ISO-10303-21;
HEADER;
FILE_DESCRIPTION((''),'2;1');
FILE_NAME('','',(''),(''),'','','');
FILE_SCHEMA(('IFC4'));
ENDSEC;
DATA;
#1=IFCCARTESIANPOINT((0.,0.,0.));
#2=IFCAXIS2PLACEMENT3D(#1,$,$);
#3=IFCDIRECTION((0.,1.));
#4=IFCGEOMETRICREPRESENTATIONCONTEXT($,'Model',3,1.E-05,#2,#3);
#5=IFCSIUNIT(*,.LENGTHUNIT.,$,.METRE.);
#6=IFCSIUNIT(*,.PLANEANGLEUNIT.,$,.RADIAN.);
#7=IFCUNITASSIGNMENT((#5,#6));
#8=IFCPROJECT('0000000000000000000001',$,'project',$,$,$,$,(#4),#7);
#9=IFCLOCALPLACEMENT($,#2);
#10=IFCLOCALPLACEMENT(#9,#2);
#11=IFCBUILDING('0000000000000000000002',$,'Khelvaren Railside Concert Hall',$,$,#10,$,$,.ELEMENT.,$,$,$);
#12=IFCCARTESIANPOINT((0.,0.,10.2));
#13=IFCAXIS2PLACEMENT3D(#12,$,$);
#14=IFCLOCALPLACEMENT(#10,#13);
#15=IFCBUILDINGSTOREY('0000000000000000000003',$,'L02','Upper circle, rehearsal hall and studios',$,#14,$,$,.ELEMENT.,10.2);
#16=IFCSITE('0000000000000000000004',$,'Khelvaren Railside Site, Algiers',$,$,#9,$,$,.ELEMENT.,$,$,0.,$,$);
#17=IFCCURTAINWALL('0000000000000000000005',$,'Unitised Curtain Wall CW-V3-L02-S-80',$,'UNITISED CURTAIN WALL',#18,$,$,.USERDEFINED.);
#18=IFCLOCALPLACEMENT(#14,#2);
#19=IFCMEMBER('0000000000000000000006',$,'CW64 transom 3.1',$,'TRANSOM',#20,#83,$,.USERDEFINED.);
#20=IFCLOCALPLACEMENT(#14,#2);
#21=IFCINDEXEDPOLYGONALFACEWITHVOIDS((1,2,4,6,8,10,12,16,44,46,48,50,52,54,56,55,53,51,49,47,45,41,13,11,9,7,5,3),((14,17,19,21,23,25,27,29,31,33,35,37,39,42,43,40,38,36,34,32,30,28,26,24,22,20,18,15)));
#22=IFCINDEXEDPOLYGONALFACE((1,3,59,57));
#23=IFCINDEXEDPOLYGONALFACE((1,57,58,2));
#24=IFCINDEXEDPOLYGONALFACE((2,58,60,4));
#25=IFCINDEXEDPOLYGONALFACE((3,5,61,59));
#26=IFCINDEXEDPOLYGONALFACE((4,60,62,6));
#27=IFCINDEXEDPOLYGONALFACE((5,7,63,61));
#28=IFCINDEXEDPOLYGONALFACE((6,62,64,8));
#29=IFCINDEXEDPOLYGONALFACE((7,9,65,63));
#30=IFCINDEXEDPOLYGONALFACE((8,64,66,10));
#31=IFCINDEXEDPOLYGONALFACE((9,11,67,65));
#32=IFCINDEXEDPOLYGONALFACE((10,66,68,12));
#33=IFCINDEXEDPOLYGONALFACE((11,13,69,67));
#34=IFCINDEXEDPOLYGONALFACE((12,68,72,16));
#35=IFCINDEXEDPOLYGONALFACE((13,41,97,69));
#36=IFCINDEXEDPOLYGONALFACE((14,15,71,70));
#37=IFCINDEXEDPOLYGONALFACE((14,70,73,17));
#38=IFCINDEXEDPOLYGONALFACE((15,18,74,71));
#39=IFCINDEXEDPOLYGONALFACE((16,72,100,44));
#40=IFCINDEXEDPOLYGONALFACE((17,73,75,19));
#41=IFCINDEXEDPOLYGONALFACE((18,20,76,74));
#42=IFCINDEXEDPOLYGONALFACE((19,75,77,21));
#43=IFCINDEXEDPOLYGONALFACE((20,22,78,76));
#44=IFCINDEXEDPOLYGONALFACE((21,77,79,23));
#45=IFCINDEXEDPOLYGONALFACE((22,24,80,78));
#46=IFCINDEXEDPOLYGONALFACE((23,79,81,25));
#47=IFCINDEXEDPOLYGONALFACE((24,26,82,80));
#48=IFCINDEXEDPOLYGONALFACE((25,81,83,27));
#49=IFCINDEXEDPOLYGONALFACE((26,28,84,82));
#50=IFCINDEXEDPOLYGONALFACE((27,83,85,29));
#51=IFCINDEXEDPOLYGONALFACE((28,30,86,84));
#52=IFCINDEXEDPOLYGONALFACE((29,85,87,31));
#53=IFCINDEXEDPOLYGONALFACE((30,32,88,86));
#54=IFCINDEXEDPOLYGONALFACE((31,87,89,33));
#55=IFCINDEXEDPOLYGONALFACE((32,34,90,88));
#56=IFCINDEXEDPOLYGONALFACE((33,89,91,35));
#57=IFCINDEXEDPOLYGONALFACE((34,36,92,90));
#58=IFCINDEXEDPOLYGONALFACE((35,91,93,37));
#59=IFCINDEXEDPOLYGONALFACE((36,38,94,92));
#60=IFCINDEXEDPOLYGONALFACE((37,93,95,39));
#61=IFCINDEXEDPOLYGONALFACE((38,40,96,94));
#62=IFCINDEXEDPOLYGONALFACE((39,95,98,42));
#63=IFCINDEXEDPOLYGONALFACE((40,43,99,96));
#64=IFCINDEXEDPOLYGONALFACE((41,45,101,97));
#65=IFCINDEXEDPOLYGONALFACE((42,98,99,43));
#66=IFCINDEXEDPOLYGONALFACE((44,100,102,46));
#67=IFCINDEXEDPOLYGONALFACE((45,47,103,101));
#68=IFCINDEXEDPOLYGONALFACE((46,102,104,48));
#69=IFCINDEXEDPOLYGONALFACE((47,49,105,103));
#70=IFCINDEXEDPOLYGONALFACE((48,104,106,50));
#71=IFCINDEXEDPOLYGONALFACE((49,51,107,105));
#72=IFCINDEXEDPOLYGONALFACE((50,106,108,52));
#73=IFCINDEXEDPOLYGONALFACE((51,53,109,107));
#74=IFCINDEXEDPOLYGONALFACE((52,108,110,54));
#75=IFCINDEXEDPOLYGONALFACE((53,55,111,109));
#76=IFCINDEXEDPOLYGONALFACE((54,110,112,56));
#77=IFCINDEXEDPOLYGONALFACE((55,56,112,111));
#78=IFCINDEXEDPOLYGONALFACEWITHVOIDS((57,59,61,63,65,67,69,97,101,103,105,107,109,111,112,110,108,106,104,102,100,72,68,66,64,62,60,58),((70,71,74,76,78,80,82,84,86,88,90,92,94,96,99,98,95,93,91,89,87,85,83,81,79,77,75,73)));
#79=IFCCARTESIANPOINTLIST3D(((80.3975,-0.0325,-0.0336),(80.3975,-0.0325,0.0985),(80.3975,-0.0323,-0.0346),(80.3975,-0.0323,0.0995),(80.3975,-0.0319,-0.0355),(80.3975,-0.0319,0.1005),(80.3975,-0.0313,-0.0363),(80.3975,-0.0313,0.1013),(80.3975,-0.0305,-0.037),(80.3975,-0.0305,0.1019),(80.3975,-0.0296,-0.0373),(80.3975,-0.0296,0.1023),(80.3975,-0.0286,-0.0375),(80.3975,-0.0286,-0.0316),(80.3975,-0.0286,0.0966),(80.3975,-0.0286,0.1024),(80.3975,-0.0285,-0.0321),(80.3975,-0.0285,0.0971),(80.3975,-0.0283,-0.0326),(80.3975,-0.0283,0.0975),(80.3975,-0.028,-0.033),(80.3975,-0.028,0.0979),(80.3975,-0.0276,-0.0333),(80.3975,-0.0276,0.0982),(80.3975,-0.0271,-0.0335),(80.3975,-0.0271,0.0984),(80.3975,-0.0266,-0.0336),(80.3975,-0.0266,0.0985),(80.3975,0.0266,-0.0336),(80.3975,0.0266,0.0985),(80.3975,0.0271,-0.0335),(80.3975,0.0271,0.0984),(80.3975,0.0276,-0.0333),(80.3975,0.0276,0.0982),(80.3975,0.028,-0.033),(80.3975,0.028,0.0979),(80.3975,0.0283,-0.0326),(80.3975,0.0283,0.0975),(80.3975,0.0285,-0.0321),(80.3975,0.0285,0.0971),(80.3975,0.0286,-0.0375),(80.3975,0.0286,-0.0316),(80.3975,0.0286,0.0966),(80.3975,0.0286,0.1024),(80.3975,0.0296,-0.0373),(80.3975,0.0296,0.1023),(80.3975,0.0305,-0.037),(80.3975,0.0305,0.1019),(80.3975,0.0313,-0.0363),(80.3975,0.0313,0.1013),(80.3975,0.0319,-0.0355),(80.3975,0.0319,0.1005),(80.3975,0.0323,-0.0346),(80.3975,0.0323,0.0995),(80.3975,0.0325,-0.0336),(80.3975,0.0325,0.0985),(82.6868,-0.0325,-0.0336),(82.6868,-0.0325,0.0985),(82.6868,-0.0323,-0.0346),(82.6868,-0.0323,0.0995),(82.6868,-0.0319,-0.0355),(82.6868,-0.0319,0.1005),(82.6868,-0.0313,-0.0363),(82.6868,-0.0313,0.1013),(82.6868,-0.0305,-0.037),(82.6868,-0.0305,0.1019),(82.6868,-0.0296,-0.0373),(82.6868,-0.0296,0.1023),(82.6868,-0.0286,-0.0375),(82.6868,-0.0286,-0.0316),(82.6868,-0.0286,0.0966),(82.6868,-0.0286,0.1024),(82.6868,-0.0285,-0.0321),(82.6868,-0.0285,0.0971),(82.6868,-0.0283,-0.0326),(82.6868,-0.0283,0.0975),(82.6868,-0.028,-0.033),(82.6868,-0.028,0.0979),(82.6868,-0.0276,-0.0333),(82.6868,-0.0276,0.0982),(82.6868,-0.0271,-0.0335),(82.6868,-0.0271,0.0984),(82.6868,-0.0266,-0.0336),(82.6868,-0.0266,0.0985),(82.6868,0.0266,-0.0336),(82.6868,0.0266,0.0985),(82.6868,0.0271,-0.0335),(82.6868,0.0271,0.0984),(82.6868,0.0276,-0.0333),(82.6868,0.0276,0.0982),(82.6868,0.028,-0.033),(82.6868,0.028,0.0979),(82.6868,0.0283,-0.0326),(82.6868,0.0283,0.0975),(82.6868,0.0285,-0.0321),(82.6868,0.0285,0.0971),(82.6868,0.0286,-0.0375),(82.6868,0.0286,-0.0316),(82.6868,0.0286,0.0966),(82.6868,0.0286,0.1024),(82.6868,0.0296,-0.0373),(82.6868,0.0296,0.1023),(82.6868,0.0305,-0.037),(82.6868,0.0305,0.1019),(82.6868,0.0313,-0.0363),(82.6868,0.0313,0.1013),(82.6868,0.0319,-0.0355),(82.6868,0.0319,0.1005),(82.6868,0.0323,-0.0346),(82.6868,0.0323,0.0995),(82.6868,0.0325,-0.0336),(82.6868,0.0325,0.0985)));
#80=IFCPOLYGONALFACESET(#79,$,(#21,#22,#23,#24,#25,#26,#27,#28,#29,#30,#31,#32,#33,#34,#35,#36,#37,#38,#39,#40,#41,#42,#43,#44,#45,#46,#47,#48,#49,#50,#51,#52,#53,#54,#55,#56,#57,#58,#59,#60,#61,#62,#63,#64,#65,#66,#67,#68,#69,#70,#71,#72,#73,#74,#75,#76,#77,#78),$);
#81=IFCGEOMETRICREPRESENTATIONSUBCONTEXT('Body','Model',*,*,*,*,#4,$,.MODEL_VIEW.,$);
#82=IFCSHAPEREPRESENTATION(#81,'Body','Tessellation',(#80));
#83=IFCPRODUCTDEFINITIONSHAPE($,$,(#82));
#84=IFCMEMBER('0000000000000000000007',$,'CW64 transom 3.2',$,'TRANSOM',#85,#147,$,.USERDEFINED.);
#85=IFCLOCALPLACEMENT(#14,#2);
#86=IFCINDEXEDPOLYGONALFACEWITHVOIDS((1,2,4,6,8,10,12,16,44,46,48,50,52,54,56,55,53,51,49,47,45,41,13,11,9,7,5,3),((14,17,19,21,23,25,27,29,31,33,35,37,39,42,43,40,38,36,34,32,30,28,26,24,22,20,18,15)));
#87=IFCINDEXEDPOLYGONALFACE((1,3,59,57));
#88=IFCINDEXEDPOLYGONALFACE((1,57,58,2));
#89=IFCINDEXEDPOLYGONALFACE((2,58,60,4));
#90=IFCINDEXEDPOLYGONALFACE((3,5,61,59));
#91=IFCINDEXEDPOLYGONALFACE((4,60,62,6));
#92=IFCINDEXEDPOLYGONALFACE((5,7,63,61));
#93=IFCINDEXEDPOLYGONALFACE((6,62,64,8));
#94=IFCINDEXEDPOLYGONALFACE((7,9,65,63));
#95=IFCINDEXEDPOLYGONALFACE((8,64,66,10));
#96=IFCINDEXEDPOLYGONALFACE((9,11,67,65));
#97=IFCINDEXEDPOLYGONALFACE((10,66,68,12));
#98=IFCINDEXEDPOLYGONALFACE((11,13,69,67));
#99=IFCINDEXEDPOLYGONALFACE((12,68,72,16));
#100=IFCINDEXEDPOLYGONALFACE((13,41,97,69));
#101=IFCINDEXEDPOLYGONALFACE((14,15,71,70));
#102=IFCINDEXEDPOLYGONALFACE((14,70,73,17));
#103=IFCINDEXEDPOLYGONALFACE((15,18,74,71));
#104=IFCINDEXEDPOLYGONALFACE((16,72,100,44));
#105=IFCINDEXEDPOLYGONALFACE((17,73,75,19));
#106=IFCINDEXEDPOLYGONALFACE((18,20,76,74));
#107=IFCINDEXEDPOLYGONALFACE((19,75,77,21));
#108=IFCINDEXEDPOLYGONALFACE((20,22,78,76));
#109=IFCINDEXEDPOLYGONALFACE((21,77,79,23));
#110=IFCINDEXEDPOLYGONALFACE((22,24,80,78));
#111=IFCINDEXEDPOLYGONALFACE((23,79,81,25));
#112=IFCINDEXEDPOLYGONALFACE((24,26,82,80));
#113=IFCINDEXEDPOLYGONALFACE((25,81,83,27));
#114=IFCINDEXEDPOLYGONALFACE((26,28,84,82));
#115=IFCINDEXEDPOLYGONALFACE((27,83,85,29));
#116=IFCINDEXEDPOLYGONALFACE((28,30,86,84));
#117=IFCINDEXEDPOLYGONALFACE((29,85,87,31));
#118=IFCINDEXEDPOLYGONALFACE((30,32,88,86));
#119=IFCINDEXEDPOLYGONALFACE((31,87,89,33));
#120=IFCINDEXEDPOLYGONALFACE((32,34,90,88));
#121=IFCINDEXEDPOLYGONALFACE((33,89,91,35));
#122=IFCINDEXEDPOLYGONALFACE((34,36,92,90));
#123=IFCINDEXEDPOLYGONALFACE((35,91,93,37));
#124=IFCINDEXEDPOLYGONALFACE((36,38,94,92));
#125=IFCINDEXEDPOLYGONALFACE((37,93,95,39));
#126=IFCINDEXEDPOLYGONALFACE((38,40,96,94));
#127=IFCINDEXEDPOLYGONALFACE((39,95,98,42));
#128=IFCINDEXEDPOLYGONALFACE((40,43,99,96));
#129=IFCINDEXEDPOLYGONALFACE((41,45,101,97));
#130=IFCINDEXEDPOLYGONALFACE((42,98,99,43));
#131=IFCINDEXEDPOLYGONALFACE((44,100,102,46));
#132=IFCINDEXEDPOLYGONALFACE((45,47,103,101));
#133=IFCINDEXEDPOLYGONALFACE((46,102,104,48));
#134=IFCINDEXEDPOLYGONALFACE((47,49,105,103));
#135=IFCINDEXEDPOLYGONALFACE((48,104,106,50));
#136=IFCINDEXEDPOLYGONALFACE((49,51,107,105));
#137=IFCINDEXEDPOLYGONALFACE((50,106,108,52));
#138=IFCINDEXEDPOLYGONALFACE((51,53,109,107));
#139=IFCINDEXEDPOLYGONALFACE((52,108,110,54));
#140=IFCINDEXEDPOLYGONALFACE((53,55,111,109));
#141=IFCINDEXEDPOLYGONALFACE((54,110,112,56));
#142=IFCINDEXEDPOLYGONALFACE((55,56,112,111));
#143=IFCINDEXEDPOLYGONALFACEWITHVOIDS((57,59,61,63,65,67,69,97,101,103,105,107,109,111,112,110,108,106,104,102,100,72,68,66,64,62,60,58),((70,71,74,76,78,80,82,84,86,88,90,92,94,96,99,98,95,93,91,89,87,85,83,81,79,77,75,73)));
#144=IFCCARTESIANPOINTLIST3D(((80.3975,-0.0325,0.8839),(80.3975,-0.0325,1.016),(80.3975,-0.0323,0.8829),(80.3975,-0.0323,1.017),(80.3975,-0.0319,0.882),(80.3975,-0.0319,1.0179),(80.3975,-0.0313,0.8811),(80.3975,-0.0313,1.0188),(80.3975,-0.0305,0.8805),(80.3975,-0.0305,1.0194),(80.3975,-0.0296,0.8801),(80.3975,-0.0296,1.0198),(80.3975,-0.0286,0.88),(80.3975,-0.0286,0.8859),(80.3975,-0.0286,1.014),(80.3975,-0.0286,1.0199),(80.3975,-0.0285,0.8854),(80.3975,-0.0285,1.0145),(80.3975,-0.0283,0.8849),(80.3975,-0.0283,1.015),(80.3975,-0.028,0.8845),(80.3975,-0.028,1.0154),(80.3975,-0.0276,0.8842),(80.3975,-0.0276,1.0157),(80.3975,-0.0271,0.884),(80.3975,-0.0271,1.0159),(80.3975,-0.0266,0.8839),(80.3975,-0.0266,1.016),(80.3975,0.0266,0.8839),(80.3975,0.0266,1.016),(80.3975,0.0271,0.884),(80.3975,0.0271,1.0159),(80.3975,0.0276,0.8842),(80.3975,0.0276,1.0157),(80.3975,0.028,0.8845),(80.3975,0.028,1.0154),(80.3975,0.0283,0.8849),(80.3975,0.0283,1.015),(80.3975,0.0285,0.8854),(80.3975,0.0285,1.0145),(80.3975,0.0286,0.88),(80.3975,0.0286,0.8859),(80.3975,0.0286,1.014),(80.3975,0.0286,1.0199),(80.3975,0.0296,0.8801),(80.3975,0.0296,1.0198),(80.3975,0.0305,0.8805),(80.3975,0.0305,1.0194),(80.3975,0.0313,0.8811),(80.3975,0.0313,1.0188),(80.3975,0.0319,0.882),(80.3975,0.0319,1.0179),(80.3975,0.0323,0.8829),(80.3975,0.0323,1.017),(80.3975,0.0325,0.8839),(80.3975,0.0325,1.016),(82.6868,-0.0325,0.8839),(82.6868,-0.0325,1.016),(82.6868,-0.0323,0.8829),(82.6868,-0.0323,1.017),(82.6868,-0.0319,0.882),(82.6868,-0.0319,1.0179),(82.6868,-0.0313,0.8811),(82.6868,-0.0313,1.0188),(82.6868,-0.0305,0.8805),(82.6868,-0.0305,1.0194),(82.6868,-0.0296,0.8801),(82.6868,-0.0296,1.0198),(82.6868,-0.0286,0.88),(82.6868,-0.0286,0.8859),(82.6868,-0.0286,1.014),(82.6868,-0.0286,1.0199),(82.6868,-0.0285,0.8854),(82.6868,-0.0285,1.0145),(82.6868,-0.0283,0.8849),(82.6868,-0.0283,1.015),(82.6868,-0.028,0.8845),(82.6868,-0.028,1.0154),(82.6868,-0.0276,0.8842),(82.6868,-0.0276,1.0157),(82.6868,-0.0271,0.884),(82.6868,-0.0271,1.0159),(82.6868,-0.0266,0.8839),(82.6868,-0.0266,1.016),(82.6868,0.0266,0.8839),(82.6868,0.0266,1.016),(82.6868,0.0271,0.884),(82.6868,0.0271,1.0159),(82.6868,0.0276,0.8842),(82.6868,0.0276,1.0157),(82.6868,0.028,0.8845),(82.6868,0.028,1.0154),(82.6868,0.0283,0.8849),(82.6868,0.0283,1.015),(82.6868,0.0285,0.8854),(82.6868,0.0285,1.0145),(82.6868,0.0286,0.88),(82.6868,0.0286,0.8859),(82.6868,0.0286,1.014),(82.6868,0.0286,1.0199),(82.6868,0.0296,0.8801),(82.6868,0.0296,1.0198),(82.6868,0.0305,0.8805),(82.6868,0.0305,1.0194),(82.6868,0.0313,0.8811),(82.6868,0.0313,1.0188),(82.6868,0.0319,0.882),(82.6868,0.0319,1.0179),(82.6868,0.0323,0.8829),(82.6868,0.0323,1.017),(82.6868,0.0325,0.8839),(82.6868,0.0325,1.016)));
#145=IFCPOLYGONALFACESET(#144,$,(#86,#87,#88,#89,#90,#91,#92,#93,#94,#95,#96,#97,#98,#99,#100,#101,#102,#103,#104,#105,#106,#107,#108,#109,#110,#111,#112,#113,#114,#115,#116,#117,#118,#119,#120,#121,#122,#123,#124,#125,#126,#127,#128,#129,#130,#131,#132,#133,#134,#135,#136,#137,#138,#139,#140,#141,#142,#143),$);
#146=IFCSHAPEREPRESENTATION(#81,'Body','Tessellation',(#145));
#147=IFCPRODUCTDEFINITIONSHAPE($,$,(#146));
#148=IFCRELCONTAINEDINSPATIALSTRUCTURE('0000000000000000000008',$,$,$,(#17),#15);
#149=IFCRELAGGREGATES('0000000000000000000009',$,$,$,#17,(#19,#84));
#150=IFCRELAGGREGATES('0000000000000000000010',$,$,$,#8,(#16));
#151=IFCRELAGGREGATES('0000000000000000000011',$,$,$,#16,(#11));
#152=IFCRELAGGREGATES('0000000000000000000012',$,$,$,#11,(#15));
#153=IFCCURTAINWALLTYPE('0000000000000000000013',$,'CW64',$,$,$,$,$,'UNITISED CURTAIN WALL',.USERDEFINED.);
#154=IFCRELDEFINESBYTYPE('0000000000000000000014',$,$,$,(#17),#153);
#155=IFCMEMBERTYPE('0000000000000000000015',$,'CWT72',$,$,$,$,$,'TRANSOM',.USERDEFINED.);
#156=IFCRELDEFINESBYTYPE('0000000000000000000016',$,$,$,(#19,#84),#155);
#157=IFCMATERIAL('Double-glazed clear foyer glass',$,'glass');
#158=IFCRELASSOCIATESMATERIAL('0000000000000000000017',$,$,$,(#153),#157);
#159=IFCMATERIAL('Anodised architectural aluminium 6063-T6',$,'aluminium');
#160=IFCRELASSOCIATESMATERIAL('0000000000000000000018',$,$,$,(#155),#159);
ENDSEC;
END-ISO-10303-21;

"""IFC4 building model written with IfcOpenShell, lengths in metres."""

from ifc_helpers import new_model, si_unit, direction, frame, origin, origin_2d, place, context, subcontext, project, spatial, hollow_rectangle, extrude, material, material_profile, profile_set, type_object, element, aggregate, save


model = new_model("IFC4")

# Units and contexts
model_context = context("Model", 3, precision=1e-05, world=origin(), true_north=direction((0.0, 1.0)))
body_context = subcontext(model_context, "Body", "Model", "MODEL_VIEW")
ifc_project = project(units=[si_unit("LENGTHUNIT", "METRE"), si_unit("PLANEANGLEUNIT", "RADIAN")], contexts=[model_context])

# Site, building, storey
site_placement = place(None, origin())
site = spatial("IfcSite", under=ifc_project, at=site_placement, Name="Khelvaren Railside Site, Algiers", CompositionType="ELEMENT", RefElevation=0.0)
building_placement = place(site_placement, origin())
building = spatial("IfcBuilding", under=site, at=building_placement, Name="Khelvaren Railside Concert Hall", CompositionType="ELEMENT")
storey_placement = place(building_placement, frame((0.0, 0.0, 10.2)))
storey = spatial("IfcBuildingStorey", under=building, at=storey_placement, Name="L02", Description="Upper circle, rehearsal hall and studios", CompositionType="ELEMENT", Elevation=10.2)

# Curtain wall, members
ifc_material_1 = material(Name="Double-glazed clear foyer glass", Category="glass")
curtain_wall_type = type_object("IfcCurtainWallType", Name="CW64", ElementType="UNITISED CURTAIN WALL", PredefinedType="USERDEFINED", material=ifc_material_1)
curtain_wall_placement = place(storey_placement, origin())
curtain_wall = element("IfcCurtainWall", 1, at=curtain_wall_placement, inside=storey, type_object=curtain_wall_type, Name="Unitised Curtain Wall CW-V3-L02-S-80", ObjectType="UNITISED CURTAIN WALL", PredefinedType="USERDEFINED")
ifc_material_2 = material(Name="Anodised architectural aluminium 6063-T6", Category="aluminium")
ifc_material_profile_1 = material_profile(ifc_material_2, hollow_rectangle(XDim=0.0649, YDim=0.1399, WallThickness=0.0039, InnerFilletRadius=0.002, OuterFilletRadius=0.0039, at=origin_2d()), Name="CWT 65x140x4")
ifc_profile_set_1 = profile_set([ifc_material_profile_1], Name="Anodised architectural aluminium 6063-T6")
member_type_1 = type_object("IfcMemberType", Name="CWT72", ElementType="TRANSOM", PredefinedType="USERDEFINED", material=ifc_profile_set_1)
member_1_placement = place(storey_placement, frame((82.6868, 0.0, 0.0325), z_axis=(-1.0, 0.0, 0.0), x_axis=(0.0, -1.0, 0.0)))
member_1 = element("IfcMember", 2, at=member_1_placement, type_object=member_type_1, Name="CW64 transom 3.1", ObjectType="TRANSOM", PredefinedType="USERDEFINED", context=body_context, shape_type="SweptSolid", body=[
    extrude(hollow_rectangle(XDim=0.0649, YDim=0.1399, WallThickness=0.0039, InnerFilletRadius=0.002, OuterFilletRadius=0.0039, at=origin_2d()), origin(), (0.0, 0.0, 1.0), 2.2893),
])
member_2_placement = place(storey_placement, frame((82.6868, 0.0, 0.95), z_axis=(-1.0, 0.0, 0.0), x_axis=(0.0, -1.0, 0.0)))
member_2 = element("IfcMember", 3, at=member_2_placement, type_object=member_type_1, Name="CW64 transom 3.2", ObjectType="TRANSOM", PredefinedType="USERDEFINED", context=body_context, shape_type="SweptSolid", body=[
    extrude(hollow_rectangle(XDim=0.0649, YDim=0.1399, WallThickness=0.0039, InnerFilletRadius=0.002, OuterFilletRadius=0.0039, at=origin_2d()), origin(), (0.0, 0.0, 1.0), 2.2893),
])

aggregate(curtain_wall, [member_1, member_2])

save(model, "model.ifc")
